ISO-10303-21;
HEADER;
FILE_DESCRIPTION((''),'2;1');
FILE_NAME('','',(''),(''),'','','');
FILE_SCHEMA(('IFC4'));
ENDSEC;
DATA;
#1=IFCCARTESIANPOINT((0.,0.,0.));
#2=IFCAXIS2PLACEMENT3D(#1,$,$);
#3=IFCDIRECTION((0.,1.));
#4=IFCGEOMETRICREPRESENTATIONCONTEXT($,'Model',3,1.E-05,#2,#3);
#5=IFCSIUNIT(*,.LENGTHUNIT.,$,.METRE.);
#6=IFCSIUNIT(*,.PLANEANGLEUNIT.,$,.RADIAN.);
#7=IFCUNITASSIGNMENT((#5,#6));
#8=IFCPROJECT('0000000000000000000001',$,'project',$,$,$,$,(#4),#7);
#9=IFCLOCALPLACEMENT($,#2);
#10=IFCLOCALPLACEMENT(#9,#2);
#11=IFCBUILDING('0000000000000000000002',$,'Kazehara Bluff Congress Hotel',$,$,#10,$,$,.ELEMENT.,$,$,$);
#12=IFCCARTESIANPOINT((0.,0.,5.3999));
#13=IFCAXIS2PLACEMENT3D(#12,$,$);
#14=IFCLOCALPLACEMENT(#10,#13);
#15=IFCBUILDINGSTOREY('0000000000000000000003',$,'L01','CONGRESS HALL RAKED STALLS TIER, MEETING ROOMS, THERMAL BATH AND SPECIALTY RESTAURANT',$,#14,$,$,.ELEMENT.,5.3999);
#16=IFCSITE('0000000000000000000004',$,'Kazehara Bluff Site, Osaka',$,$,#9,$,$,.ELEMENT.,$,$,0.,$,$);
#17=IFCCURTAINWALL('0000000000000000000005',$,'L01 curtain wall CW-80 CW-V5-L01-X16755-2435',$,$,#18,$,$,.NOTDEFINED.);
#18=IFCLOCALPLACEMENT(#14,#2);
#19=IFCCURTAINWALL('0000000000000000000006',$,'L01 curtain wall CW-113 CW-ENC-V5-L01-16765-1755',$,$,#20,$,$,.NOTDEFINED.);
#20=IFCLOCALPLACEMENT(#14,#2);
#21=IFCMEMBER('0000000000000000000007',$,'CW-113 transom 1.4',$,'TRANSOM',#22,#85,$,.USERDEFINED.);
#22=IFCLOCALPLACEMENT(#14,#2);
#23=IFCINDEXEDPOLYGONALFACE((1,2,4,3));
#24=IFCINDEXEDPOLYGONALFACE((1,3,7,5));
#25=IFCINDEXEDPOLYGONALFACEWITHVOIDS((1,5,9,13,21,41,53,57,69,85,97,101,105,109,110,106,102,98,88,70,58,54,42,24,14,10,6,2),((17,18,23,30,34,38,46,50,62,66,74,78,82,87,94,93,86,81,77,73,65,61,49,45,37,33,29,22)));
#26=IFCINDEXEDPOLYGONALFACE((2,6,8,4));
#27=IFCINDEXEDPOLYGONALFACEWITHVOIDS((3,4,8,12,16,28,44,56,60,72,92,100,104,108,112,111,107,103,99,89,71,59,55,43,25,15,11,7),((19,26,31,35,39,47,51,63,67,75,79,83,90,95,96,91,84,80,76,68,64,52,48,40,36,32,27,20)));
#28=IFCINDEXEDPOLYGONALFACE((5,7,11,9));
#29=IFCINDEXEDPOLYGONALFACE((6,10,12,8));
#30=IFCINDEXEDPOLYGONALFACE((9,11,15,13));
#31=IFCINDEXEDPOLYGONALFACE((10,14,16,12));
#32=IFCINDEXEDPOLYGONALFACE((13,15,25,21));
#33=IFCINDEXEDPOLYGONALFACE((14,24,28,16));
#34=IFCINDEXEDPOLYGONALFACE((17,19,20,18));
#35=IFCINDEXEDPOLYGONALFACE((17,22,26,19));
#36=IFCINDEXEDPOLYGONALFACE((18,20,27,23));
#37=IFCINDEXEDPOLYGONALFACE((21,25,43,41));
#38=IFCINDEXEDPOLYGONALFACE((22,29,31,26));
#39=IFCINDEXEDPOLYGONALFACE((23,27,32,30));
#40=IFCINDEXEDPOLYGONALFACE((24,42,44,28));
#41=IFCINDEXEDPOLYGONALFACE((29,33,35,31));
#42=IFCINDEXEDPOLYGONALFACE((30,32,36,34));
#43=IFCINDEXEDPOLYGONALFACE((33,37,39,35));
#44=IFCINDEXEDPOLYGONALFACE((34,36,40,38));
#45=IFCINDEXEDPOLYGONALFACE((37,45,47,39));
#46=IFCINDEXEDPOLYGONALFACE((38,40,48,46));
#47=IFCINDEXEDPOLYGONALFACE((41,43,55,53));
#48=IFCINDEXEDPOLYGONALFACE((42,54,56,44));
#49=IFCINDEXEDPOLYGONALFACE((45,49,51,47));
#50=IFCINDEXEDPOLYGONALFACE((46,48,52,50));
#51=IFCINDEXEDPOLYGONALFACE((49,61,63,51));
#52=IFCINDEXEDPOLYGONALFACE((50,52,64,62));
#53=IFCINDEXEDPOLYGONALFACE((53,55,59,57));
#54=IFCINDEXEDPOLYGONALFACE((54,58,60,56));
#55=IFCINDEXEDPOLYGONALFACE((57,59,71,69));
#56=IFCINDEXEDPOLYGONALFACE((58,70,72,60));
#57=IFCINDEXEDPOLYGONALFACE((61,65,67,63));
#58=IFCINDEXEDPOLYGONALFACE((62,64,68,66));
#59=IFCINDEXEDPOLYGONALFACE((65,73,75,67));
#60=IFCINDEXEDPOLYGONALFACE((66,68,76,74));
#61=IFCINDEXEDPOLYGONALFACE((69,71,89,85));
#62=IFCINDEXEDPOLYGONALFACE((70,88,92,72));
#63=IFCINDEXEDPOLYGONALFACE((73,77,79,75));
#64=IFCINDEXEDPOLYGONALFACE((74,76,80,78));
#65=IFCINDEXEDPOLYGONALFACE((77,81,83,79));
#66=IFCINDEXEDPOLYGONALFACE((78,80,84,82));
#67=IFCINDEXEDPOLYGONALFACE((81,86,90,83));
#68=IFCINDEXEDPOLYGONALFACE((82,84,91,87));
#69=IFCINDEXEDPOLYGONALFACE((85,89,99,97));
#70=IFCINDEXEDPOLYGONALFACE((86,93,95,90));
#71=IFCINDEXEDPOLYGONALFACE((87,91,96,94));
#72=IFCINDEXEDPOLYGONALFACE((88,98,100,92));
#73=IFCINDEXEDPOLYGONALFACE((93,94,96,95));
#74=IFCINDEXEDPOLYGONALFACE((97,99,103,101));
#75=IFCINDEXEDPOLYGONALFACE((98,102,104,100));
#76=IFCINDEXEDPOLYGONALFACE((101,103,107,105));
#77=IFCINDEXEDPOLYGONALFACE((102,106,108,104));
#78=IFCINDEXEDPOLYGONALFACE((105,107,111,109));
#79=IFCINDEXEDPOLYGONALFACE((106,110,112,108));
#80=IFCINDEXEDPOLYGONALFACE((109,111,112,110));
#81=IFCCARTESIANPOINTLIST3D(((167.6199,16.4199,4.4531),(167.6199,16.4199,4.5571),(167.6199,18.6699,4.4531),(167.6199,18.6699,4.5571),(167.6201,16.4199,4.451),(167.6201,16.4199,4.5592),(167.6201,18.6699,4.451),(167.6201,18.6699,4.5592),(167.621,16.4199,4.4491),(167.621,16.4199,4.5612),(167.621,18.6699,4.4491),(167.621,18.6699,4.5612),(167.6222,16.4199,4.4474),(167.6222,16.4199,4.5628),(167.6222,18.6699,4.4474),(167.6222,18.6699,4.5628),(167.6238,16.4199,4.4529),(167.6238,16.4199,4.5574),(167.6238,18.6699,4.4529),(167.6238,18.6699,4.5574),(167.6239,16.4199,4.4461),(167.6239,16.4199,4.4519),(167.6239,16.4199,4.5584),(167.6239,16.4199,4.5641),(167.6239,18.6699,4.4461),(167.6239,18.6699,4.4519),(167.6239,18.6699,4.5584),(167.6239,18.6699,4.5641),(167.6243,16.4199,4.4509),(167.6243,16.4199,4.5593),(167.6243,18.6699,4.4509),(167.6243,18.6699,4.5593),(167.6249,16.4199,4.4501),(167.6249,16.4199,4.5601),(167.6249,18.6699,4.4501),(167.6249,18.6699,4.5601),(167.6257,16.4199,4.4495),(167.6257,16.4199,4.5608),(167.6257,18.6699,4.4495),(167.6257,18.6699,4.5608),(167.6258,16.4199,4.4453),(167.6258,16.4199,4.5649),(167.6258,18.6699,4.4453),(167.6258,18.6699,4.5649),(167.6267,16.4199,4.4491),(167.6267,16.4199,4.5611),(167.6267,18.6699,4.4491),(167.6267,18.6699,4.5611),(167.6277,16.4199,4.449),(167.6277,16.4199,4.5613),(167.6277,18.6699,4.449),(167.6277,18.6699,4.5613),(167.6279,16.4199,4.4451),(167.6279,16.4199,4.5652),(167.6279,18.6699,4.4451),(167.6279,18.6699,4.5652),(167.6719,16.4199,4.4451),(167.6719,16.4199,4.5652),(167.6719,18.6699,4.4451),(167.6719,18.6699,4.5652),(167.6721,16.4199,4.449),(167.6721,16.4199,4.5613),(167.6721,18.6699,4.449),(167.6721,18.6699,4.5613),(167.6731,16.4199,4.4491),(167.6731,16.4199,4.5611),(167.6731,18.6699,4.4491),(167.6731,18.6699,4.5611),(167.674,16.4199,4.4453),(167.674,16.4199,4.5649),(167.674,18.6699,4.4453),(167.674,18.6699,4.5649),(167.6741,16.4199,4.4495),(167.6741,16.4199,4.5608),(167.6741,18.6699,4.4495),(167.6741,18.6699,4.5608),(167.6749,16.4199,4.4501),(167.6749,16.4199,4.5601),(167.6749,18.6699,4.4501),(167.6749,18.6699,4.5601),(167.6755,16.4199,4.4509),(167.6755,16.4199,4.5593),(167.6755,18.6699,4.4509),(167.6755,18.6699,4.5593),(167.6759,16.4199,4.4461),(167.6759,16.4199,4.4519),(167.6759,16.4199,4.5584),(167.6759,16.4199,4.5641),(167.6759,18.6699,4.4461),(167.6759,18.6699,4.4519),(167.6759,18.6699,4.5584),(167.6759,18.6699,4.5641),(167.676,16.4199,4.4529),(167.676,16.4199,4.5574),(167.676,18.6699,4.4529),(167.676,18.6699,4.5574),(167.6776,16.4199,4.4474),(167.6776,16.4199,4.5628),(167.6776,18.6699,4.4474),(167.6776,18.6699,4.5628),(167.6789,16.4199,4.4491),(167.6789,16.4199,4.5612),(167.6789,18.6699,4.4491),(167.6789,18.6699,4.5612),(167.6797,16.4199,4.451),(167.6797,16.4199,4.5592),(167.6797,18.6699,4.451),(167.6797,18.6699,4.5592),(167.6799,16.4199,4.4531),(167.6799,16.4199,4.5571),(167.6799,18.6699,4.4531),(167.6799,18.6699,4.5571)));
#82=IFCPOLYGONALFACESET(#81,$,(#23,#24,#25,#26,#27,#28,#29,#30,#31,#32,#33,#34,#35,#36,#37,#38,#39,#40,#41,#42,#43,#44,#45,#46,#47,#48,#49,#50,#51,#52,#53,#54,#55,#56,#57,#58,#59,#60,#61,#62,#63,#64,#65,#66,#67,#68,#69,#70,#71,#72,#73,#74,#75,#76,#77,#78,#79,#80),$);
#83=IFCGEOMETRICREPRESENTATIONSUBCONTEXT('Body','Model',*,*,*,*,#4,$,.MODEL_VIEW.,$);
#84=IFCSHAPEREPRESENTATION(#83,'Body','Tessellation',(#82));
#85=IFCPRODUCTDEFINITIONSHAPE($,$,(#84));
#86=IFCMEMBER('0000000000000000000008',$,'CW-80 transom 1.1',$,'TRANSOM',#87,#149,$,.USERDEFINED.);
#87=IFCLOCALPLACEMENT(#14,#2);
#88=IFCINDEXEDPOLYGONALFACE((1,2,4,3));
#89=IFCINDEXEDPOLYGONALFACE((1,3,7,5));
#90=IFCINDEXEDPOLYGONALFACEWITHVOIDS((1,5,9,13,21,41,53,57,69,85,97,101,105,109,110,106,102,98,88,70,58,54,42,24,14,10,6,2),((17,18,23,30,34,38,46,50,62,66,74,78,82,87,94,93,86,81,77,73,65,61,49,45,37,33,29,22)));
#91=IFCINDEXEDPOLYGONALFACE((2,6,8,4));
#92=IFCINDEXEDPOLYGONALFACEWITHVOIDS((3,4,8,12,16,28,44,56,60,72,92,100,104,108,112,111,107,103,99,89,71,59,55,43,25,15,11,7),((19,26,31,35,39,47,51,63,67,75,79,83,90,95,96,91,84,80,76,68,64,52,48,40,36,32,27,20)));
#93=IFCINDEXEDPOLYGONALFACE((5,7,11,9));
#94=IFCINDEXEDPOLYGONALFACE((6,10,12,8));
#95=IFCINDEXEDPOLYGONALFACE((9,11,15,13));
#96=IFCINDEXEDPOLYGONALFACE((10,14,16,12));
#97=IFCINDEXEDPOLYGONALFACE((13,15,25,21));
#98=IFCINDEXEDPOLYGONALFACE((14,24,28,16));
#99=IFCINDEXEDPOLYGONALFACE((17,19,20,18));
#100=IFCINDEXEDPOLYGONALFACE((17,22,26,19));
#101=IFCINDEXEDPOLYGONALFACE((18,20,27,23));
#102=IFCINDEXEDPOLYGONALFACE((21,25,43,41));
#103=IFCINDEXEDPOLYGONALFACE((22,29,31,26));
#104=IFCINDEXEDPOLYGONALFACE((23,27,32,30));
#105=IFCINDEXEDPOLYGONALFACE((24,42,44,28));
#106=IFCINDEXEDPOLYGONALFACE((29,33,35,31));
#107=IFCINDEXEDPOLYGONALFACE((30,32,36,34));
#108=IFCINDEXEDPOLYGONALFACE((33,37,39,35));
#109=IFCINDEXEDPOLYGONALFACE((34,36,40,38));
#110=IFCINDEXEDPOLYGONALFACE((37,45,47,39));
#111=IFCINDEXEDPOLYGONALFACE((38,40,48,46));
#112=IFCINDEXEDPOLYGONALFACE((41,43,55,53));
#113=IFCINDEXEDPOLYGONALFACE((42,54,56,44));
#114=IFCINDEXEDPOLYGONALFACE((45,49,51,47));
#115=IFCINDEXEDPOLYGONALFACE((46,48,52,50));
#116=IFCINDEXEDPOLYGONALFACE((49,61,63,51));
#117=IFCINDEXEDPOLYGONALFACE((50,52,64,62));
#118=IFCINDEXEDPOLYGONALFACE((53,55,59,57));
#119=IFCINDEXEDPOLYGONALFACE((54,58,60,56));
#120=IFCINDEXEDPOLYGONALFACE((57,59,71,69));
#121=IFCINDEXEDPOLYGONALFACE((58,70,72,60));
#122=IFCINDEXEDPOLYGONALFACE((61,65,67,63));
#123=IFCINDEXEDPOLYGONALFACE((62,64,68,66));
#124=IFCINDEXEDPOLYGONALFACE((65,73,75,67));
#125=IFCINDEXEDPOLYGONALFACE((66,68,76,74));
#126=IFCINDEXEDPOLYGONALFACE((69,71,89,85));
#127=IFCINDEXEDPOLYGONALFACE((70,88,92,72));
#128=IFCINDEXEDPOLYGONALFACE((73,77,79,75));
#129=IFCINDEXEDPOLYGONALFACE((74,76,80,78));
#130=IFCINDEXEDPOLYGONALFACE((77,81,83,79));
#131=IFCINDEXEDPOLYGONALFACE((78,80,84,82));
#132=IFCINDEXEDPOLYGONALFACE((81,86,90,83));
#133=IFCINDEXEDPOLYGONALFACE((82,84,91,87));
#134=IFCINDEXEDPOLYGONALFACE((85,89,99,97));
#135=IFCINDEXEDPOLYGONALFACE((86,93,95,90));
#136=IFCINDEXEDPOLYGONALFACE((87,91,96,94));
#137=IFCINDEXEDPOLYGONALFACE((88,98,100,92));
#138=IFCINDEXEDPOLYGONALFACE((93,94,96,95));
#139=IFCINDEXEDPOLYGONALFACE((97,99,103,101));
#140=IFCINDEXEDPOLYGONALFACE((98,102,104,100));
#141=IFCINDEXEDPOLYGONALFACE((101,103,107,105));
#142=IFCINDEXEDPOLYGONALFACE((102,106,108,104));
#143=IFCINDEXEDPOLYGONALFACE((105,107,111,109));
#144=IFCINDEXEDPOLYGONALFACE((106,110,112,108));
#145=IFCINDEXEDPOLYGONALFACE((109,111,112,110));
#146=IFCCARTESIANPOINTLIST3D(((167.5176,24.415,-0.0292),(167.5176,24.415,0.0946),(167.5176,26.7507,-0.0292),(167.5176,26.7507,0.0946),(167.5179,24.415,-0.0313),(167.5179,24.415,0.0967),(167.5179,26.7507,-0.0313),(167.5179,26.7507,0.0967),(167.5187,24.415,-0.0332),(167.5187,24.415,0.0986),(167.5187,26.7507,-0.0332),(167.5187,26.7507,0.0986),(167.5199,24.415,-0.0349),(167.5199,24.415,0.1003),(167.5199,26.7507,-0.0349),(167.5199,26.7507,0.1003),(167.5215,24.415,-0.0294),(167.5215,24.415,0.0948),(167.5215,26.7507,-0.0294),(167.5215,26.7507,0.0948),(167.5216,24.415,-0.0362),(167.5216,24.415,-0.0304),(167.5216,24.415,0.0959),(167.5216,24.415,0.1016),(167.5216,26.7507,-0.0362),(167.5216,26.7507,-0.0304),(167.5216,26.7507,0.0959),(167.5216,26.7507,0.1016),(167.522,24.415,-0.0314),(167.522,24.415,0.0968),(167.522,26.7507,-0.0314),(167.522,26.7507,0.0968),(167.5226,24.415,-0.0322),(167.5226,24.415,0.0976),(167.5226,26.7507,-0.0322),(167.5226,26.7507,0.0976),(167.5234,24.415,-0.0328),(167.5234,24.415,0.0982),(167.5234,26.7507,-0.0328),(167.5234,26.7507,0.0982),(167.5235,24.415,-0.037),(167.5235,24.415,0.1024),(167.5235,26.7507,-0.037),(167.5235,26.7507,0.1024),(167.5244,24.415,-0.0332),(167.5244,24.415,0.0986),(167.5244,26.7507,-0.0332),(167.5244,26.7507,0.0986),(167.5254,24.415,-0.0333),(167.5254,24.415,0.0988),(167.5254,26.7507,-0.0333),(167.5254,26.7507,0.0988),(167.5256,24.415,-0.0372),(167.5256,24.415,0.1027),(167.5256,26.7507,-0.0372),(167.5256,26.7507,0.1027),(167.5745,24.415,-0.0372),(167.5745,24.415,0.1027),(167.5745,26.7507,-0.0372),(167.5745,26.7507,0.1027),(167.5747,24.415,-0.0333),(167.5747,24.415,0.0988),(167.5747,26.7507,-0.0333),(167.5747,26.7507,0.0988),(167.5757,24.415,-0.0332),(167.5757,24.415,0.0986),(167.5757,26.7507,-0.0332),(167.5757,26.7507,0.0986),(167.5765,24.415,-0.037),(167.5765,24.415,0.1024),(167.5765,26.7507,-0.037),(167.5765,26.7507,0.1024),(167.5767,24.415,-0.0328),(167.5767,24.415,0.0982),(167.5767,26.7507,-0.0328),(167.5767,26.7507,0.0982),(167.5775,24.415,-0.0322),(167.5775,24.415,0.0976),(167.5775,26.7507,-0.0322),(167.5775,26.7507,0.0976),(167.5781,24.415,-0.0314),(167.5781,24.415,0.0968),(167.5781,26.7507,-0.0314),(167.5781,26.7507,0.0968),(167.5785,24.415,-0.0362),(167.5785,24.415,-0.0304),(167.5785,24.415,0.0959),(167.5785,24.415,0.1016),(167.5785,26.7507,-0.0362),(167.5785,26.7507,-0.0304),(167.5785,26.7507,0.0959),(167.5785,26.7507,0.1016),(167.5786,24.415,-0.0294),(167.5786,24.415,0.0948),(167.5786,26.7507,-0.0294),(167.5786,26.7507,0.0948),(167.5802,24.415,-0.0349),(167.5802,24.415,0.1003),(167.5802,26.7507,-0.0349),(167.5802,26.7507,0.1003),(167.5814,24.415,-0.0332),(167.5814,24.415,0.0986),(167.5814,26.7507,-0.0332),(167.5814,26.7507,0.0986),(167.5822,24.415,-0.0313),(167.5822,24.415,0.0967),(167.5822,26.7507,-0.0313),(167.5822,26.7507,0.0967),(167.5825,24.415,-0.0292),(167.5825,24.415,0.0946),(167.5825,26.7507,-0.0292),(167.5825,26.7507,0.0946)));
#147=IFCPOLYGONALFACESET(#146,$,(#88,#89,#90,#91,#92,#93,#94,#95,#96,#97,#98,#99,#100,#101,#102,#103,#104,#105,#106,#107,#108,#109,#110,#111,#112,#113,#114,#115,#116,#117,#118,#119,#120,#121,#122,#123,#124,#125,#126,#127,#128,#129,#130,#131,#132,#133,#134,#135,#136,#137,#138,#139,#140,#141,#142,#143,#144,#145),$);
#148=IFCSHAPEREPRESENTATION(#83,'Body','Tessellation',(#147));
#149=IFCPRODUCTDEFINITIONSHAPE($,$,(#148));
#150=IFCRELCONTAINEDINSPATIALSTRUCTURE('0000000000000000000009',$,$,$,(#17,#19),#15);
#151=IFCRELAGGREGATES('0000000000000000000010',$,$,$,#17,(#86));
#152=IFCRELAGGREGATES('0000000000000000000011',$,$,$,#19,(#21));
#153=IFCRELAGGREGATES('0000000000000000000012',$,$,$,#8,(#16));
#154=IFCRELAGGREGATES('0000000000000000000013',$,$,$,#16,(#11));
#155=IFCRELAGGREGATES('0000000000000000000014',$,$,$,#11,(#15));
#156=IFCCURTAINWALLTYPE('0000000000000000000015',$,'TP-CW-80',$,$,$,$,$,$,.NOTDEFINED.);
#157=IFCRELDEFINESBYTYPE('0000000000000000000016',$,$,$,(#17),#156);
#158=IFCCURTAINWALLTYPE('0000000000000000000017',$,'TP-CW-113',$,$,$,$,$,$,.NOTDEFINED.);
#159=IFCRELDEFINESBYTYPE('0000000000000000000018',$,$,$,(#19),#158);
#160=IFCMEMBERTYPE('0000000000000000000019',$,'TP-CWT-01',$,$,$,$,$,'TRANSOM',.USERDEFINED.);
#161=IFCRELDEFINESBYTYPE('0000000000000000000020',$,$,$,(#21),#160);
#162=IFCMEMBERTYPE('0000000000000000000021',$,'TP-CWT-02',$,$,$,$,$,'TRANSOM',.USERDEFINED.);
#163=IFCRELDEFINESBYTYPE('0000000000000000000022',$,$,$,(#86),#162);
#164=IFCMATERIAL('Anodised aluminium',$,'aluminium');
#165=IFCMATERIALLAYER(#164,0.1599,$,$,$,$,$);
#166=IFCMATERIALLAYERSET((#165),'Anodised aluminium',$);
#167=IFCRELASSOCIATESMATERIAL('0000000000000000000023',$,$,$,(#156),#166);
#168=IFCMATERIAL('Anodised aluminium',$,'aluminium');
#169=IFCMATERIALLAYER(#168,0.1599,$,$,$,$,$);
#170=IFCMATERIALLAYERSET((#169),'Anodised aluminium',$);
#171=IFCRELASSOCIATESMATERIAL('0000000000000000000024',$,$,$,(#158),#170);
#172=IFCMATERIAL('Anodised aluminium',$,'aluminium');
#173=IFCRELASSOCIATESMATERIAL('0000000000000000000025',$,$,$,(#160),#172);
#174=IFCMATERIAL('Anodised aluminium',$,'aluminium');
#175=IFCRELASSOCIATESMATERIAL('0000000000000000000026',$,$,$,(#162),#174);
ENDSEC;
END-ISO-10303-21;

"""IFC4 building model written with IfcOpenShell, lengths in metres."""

from ifc_helpers import new_model, si_unit, direction, frame, origin, origin_2d, place, context, subcontext, project, spatial, hollow_rectangle, extrude, material, layer, layer_set, material_profile, profile_set, type_object, element, aggregate, save


model = new_model("IFC4")

# Units and contexts
model_context = context("Model", 3, precision=1e-05, world=origin(), true_north=direction((0.0, 1.0)))
body_context = subcontext(model_context, "Body", "Model", "MODEL_VIEW")
ifc_project = project(units=[si_unit("LENGTHUNIT", "METRE"), si_unit("PLANEANGLEUNIT", "RADIAN")], contexts=[model_context])

# Site, building, storey
site_placement = place(None, origin())
site = spatial("IfcSite", under=ifc_project, at=site_placement, Name="Kazehara Bluff Site, Osaka", CompositionType="ELEMENT", RefElevation=0.0)
building_placement = place(site_placement, origin())
building = spatial("IfcBuilding", under=site, at=building_placement, Name="Kazehara Bluff Congress Hotel", CompositionType="ELEMENT")
storey_placement = place(building_placement, frame((0.0, 0.0, 5.3999)))
storey = spatial("IfcBuildingStorey", under=building, at=storey_placement, Name="L01", Description="CONGRESS HALL RAKED STALLS TIER, MEETING ROOMS, THERMAL BATH AND SPECIALTY RESTAURANT", CompositionType="ELEMENT", Elevation=5.3999)

# Curtain wall
ifc_material_1 = material(Name="Anodised aluminium", Category="aluminium")
ifc_layer_1 = layer(ifc_material_1, 0.1599)
ifc_layer_set_1 = layer_set([ifc_layer_1], Name="Anodised aluminium")
curtain_wall_type_1 = type_object("IfcCurtainWallType", Name="TP-CW-80", PredefinedType="NOTDEFINED", material=ifc_layer_set_1)
curtain_wall_1_placement = place(storey_placement, origin())
curtain_wall_1 = element("IfcCurtainWall", 1, at=curtain_wall_1_placement, inside=storey, type_object=curtain_wall_type_1, Name="L01 curtain wall CW-80 CW-V5-L01-X16755-2435", PredefinedType="NOTDEFINED")

# Curtain wall, member
ifc_material_2 = material(Name="Anodised aluminium", Category="aluminium")
ifc_layer_2 = layer(ifc_material_2, 0.1599)
ifc_layer_set_2 = layer_set([ifc_layer_2], Name="Anodised aluminium")
curtain_wall_type_2 = type_object("IfcCurtainWallType", Name="TP-CW-113", PredefinedType="NOTDEFINED", material=ifc_layer_set_2)
curtain_wall_2_placement = place(storey_placement, origin())
curtain_wall_2 = element("IfcCurtainWall", 2, at=curtain_wall_2_placement, inside=storey, type_object=curtain_wall_type_2, Name="L01 curtain wall CW-113 CW-ENC-V5-L01-16765-1755", PredefinedType="NOTDEFINED")
ifc_material_3 = material(Name="Anodised aluminium", Category="aluminium")
ifc_material_profile_1 = material_profile(ifc_material_3, hollow_rectangle(XDim=0.0601, YDim=0.1201, WallThickness=0.0039, InnerFilletRadius=0.0039, OuterFilletRadius=0.0081, at=origin_2d()))
ifc_profile_set_1 = profile_set([ifc_material_profile_1], Name="Anodised aluminium")
member_type_1 = type_object("IfcMemberType", Name="TP-CWT-01", ElementType="TRANSOM", PredefinedType="USERDEFINED", material=ifc_profile_set_1)
member_1_placement = place(storey_placement, frame((167.6499, 18.6699, 4.5051), z_axis=(0.0, -1.0, 0.0), x_axis=(1.0, 0.0, 0.0)))
member_1 = element("IfcMember", 3, at=member_1_placement, type_object=member_type_1, Name="CW-113 transom 1.4", ObjectType="TRANSOM", PredefinedType="USERDEFINED", context=body_context, shape_type="SweptSolid", body=[
    extrude(hollow_rectangle(XDim=0.0601, YDim=0.1201, WallThickness=0.0039, InnerFilletRadius=0.0039, OuterFilletRadius=0.0081, at=origin_2d()), origin(), (0.0, 0.0, 1.0), 2.25),
])

# Member
ifc_material_4 = material(Name="Anodised aluminium", Category="aluminium")
ifc_material_profile_2 = material_profile(ifc_material_4, hollow_rectangle(XDim=0.0649, YDim=0.1399, WallThickness=0.0039, InnerFilletRadius=0.0039, OuterFilletRadius=0.0081, at=origin_2d()))
ifc_profile_set_2 = profile_set([ifc_material_profile_2], Name="Anodised aluminium")
member_type_2 = type_object("IfcMemberType", Name="TP-CWT-02", ElementType="TRANSOM", PredefinedType="USERDEFINED", material=ifc_profile_set_2)
member_2_placement = place(storey_placement, frame((167.55, 24.415, 0.0327), z_axis=(0.0, 1.0, 0.0), x_axis=(-1.0, 0.0, 0.0)))
member_2 = element("IfcMember", 4, at=member_2_placement, type_object=member_type_2, Name="CW-80 transom 1.1", ObjectType="TRANSOM", PredefinedType="USERDEFINED", context=body_context, shape_type="SweptSolid", body=[
    extrude(hollow_rectangle(XDim=0.0649, YDim=0.1399, WallThickness=0.0039, InnerFilletRadius=0.0039, OuterFilletRadius=0.0081, at=origin_2d()), origin(), (0.0, 0.0, 1.0), 2.3357),
])

aggregate(curtain_wall_1, [member_2])
aggregate(curtain_wall_2, [member_1])

save(model, "model.ifc")
